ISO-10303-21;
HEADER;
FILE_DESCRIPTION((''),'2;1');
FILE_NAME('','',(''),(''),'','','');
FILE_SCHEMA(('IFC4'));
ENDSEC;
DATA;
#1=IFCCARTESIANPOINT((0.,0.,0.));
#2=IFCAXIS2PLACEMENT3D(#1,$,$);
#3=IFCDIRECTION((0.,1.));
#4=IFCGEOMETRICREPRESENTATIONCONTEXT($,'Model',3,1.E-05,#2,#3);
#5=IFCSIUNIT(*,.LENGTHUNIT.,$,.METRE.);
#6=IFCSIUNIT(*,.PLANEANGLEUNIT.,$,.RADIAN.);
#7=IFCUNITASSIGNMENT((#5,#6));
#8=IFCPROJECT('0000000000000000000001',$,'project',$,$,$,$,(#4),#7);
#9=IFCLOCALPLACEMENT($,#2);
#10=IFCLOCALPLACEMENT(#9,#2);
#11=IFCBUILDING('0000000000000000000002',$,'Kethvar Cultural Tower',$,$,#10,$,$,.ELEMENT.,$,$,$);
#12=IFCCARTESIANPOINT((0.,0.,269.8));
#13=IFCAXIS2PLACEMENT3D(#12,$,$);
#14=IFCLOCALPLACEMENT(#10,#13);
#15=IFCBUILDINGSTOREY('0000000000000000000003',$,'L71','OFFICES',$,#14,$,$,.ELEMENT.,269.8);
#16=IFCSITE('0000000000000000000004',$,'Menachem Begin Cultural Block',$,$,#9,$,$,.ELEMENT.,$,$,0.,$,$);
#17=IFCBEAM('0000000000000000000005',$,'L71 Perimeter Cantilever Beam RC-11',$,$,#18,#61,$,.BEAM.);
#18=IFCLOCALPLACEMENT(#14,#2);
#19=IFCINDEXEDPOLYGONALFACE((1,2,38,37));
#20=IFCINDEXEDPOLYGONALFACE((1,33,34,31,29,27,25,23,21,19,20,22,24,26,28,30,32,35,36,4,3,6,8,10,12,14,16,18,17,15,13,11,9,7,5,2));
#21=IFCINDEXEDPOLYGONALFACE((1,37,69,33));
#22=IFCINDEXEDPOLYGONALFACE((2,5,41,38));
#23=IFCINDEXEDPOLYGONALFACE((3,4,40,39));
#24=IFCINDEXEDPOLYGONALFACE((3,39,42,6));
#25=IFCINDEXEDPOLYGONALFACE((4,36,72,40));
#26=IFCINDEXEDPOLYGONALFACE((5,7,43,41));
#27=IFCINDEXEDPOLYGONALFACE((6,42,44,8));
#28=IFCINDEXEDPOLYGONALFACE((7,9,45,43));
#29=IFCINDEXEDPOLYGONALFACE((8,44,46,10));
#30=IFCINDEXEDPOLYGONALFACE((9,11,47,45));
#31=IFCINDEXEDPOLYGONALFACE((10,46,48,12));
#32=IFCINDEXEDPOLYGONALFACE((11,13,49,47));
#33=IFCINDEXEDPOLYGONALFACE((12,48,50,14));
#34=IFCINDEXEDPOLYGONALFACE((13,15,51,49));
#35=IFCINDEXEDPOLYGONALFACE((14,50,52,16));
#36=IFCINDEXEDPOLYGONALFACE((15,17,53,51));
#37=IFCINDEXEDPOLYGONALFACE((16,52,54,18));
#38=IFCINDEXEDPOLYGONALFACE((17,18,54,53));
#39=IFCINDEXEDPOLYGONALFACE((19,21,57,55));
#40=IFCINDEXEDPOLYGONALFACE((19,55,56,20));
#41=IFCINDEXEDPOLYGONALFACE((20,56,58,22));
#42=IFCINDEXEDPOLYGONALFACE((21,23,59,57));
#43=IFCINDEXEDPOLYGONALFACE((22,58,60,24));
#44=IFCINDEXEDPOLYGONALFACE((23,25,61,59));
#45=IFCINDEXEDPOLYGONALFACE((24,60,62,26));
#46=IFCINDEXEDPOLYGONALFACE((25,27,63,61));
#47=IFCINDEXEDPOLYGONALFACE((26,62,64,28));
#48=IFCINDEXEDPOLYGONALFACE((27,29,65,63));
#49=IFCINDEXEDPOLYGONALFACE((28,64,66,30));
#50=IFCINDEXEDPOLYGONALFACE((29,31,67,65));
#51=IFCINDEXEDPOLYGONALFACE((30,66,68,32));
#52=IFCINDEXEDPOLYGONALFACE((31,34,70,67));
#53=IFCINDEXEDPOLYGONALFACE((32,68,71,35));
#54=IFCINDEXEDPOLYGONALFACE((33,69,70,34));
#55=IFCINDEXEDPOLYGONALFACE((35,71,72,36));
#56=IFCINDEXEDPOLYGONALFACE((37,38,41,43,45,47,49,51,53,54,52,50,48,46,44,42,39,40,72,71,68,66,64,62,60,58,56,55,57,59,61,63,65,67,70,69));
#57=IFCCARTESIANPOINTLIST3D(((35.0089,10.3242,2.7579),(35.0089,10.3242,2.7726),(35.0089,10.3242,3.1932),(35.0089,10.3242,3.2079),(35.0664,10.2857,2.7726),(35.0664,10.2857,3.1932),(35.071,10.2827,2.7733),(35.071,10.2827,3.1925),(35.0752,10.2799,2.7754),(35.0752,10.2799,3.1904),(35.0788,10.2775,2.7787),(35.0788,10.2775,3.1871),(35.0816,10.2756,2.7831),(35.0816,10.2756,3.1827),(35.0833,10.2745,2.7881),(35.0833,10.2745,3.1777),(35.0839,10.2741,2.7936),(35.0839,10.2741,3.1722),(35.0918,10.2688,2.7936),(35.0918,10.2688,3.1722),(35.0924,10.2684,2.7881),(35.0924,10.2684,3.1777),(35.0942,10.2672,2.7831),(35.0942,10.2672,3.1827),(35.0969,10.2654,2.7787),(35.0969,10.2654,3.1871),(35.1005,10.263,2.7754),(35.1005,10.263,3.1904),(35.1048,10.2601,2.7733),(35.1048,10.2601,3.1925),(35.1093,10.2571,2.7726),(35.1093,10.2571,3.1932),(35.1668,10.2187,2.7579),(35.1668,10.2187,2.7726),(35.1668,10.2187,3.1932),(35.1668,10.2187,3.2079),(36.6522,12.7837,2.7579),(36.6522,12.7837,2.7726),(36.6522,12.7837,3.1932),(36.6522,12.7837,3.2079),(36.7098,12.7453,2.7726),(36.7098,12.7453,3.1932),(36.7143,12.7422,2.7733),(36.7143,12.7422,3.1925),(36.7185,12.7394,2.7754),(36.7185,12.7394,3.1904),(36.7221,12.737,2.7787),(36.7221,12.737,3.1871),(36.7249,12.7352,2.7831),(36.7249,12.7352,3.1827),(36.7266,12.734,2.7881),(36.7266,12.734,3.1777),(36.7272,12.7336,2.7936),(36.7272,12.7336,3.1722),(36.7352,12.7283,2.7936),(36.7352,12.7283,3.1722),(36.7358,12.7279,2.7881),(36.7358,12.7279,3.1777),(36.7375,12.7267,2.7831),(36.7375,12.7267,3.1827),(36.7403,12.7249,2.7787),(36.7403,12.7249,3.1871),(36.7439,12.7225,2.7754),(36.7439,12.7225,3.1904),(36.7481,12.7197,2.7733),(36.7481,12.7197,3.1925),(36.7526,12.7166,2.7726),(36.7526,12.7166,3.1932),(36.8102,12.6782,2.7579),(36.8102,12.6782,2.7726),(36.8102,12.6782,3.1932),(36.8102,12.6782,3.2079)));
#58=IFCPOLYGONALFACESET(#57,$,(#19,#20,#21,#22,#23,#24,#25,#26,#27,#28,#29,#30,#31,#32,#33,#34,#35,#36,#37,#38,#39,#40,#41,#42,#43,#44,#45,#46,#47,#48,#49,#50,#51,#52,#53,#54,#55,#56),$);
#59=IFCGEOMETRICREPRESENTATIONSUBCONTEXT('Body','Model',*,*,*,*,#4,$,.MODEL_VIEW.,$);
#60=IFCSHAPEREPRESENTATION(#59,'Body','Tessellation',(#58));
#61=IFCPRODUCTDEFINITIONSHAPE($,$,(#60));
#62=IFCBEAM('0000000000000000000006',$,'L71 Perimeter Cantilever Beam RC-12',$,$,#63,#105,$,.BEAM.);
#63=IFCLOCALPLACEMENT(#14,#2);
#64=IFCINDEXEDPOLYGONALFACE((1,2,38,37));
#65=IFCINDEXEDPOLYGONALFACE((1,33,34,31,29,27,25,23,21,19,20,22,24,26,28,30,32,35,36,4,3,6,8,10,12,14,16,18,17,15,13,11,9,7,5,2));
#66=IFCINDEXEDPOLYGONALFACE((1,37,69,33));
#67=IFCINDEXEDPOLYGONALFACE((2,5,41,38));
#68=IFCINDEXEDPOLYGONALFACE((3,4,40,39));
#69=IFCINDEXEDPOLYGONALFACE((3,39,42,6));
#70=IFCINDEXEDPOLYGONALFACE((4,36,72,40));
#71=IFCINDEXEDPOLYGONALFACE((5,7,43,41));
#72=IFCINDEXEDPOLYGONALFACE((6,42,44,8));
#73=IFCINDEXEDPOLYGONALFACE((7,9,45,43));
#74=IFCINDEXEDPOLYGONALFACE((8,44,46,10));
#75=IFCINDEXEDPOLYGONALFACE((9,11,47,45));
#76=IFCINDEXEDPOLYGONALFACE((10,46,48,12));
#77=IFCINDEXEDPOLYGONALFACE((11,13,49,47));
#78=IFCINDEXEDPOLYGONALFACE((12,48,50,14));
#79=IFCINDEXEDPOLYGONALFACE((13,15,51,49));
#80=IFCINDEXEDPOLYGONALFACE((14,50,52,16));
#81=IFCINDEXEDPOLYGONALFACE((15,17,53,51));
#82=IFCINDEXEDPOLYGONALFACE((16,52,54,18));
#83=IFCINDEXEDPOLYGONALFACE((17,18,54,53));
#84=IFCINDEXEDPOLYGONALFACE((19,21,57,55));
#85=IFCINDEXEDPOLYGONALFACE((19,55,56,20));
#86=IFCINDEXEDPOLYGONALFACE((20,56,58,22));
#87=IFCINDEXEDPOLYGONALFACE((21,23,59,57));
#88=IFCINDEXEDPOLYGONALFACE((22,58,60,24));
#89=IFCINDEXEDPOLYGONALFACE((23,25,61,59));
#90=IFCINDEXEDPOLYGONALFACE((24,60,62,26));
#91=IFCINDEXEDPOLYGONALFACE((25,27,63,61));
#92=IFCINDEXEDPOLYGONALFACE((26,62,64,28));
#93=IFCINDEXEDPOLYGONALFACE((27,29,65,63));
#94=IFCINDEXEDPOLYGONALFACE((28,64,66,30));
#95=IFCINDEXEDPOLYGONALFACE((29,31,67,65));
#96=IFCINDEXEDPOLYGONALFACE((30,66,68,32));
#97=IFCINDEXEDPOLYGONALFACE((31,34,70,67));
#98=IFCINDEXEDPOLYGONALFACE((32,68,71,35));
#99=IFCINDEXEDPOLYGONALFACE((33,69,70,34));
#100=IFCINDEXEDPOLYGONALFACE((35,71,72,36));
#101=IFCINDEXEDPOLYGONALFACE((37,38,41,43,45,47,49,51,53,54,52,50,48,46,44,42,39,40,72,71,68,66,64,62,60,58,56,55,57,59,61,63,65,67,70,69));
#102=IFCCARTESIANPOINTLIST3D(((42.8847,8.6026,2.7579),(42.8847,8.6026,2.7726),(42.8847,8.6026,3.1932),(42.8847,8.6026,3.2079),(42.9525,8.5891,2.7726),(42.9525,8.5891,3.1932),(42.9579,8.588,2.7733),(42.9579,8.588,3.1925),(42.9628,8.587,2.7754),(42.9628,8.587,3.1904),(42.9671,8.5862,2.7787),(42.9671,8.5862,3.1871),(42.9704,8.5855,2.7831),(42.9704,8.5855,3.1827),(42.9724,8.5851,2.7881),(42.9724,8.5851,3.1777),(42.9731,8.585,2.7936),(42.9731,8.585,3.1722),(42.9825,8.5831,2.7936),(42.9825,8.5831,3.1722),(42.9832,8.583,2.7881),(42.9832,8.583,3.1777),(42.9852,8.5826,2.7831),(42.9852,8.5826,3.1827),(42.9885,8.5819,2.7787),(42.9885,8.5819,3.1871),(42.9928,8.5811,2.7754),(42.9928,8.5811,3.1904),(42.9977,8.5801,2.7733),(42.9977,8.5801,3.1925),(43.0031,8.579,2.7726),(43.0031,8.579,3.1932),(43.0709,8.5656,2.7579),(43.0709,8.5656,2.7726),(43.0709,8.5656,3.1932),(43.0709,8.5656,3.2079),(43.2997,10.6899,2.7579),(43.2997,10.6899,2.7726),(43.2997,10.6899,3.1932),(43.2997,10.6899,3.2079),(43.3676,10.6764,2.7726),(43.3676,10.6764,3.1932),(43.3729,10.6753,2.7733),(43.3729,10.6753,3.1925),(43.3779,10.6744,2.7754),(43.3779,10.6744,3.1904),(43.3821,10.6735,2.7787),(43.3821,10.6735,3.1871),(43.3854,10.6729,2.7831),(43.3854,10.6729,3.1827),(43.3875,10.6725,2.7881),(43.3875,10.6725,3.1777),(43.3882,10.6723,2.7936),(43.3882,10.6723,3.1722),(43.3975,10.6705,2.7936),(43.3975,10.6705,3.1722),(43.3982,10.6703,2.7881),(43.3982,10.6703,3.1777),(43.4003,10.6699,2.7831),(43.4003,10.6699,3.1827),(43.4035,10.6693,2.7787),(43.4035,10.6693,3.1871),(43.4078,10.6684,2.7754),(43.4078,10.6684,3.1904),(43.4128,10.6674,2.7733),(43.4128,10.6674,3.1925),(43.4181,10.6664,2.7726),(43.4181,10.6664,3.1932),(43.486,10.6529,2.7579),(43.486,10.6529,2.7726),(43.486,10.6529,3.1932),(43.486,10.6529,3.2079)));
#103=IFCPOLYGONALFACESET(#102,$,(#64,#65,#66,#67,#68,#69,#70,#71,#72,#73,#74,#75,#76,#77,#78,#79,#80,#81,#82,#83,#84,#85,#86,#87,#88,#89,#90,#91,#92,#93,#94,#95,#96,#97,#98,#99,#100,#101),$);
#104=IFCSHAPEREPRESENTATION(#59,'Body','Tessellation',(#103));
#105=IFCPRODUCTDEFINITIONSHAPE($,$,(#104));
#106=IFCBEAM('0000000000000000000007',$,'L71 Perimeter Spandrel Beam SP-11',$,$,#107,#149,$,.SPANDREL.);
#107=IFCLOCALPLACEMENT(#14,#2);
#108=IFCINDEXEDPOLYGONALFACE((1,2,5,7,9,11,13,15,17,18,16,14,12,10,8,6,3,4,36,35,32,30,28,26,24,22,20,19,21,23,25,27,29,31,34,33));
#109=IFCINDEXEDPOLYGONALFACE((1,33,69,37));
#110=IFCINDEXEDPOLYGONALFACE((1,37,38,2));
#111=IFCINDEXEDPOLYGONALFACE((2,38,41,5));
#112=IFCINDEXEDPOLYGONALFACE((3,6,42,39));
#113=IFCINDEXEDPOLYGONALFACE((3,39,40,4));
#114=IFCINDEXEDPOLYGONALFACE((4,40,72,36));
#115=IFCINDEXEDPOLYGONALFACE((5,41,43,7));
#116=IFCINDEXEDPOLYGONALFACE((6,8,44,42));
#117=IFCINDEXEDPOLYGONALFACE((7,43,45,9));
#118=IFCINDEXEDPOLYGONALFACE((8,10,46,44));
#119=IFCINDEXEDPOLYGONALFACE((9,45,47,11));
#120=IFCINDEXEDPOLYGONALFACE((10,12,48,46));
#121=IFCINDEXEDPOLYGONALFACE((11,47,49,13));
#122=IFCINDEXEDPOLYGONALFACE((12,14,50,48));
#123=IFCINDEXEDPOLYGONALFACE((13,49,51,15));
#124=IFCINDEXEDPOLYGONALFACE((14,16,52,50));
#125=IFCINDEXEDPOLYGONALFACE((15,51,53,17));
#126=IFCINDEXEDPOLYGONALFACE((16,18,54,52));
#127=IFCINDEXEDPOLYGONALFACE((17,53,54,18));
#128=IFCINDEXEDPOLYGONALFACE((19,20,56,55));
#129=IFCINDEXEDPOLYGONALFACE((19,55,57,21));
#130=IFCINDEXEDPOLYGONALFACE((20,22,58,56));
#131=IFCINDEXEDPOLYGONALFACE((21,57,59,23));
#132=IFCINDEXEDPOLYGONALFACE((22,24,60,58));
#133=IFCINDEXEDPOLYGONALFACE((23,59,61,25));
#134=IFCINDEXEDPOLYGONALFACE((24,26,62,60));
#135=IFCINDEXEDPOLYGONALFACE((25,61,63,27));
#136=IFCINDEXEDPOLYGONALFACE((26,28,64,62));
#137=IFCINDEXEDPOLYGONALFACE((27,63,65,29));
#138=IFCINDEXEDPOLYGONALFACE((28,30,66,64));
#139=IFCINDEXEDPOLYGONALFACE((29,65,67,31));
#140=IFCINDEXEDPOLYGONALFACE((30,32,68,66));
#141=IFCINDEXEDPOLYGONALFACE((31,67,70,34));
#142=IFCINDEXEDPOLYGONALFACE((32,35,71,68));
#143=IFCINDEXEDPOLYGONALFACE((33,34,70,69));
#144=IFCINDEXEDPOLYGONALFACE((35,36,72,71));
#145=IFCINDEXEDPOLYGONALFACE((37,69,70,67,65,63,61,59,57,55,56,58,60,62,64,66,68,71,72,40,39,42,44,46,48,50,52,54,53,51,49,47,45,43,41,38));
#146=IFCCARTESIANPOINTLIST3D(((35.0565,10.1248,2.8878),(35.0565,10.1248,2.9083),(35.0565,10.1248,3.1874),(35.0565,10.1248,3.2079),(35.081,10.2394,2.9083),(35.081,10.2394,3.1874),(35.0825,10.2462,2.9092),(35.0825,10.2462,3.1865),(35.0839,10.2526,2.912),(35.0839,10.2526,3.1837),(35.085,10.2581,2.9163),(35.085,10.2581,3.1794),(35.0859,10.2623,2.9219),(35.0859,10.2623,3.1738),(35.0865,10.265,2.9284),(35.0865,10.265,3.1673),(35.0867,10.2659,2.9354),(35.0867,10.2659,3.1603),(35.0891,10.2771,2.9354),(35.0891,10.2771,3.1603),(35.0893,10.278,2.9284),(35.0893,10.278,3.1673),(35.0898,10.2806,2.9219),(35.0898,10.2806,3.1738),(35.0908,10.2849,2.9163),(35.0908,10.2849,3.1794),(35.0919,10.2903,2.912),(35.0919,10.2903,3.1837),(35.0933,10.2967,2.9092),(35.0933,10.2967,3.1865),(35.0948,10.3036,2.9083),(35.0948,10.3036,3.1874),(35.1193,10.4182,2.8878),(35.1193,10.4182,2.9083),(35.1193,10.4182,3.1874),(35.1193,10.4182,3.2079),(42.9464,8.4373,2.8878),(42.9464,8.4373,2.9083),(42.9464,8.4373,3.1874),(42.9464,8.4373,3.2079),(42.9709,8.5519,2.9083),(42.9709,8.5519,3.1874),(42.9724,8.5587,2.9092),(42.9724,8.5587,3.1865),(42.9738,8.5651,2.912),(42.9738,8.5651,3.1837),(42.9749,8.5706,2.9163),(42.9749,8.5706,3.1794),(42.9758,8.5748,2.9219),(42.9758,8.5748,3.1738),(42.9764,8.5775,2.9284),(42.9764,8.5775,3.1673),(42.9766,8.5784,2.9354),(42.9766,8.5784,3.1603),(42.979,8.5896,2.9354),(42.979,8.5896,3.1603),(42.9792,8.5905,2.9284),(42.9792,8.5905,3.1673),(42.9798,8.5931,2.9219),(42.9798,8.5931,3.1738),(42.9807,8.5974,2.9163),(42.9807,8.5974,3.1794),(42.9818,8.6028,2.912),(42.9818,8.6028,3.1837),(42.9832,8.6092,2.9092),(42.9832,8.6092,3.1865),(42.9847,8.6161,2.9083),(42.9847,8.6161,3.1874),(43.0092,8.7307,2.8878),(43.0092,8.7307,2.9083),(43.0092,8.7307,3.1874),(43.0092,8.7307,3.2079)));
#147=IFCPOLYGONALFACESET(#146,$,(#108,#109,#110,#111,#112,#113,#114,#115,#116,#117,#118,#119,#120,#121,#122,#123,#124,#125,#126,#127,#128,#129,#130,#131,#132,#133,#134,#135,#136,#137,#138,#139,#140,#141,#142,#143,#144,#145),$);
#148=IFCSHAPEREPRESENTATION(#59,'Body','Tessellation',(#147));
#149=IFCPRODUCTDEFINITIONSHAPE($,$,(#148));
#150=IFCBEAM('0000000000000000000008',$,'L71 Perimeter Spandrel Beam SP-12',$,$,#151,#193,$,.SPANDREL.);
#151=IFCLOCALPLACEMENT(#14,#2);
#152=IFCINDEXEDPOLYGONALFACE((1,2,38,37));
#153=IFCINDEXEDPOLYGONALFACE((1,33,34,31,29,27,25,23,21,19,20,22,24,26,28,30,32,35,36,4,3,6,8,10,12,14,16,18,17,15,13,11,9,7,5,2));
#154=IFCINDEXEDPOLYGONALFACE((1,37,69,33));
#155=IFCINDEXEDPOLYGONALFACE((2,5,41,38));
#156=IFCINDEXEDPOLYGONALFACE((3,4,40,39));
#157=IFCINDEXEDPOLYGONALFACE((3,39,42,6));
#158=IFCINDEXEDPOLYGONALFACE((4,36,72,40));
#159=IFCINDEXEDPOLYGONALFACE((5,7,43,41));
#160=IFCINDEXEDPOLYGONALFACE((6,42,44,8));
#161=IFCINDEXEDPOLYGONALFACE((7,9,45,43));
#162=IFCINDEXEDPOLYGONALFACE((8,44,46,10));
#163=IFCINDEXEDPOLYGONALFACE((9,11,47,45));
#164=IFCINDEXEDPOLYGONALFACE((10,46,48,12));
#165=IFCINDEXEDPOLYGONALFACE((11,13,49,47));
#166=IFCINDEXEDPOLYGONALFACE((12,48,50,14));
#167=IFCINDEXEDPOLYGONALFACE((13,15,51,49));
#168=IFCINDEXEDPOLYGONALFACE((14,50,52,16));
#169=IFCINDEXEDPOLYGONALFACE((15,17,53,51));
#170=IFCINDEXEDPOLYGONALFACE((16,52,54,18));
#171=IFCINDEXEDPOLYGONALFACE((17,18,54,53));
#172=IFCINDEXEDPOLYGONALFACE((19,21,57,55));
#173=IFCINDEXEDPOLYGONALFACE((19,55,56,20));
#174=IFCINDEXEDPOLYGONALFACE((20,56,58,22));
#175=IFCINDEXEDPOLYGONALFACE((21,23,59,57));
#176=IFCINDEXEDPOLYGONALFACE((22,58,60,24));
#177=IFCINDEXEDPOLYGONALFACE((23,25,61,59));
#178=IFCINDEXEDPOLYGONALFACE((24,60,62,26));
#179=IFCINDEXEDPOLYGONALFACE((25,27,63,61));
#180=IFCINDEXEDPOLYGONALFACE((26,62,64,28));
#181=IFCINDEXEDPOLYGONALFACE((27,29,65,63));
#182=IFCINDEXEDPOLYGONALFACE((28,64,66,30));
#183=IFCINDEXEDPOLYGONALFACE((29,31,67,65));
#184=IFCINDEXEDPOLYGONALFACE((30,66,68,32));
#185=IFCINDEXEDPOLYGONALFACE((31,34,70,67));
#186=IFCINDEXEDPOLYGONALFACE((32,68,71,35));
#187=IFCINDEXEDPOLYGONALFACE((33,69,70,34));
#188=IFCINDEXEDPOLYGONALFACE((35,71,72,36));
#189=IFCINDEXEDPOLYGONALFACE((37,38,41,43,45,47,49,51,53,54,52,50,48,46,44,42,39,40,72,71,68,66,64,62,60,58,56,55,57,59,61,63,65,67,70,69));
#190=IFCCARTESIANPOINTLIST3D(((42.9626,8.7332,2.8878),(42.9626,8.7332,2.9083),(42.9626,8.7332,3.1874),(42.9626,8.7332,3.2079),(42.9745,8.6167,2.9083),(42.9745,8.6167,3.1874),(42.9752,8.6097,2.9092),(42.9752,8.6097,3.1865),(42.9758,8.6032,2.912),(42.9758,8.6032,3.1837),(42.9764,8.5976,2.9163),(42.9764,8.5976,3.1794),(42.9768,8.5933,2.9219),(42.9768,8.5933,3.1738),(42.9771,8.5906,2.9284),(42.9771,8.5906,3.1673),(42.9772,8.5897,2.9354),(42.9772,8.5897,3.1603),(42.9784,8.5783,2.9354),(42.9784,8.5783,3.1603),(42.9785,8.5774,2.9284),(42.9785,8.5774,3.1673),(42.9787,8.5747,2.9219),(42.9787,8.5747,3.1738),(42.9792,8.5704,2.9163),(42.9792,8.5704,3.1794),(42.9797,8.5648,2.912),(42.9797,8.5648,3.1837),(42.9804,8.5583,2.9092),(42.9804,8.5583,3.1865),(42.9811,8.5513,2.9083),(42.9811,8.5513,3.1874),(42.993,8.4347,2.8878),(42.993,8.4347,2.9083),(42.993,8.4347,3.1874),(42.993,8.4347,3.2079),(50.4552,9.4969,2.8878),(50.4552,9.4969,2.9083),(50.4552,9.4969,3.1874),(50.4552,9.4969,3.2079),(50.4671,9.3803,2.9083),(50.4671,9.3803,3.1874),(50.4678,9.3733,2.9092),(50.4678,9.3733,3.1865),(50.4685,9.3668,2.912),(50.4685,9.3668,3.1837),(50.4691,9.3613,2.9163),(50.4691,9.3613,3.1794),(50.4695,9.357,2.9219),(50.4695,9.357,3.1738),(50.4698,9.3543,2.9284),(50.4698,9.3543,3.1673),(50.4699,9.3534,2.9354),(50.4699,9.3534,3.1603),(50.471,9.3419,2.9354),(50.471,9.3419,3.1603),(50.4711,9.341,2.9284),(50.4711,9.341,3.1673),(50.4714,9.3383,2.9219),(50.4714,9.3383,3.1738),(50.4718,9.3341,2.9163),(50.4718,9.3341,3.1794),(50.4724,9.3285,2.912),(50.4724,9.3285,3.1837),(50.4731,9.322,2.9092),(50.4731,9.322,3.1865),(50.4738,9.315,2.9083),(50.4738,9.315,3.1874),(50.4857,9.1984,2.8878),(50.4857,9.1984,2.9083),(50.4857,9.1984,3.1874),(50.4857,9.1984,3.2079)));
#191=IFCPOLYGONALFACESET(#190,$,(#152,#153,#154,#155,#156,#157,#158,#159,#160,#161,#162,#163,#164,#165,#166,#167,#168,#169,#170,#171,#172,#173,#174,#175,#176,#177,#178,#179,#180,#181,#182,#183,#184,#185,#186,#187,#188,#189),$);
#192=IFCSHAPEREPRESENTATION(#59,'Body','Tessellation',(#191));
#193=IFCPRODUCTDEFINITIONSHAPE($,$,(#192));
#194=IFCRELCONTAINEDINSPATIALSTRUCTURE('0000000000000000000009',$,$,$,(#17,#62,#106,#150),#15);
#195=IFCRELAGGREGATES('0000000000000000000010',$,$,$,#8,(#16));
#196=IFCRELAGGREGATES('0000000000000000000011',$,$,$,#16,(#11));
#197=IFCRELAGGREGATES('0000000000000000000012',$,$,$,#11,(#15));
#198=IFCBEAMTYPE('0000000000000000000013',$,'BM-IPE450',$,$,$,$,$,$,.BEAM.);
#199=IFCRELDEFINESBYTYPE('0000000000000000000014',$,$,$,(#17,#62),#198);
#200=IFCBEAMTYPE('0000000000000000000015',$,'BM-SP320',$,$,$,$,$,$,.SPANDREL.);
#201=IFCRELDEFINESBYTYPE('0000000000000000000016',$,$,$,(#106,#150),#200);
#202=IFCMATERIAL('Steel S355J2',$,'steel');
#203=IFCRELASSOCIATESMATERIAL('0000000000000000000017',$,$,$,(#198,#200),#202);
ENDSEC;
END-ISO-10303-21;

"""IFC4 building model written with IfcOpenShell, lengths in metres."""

from ifc_helpers import new_model, si_unit, direction, frame, origin, origin_2d, place, context, subcontext, project, spatial, i_section, extrude, source, transform, mapped, material, material_profile, profile_set, type_object, element, save


model = new_model("IFC4")

# Units and contexts
model_context = context("Model", 3, precision=1e-05, world=origin(), true_north=direction((0.0, 1.0)))
body_context = subcontext(model_context, "Body", "Model", "MODEL_VIEW")
ifc_project = project(units=[si_unit("LENGTHUNIT", "METRE"), si_unit("PLANEANGLEUNIT", "RADIAN")], contexts=[model_context])

# Site, building, storey
site_placement = place(None, origin())
site = spatial("IfcSite", under=ifc_project, at=site_placement, Name="Menachem Begin Cultural Block", CompositionType="ELEMENT", RefElevation=0.0)
building_placement = place(site_placement, origin())
building = spatial("IfcBuilding", under=site, at=building_placement, Name="Kethvar Cultural Tower", CompositionType="ELEMENT")
storey_placement = place(building_placement, frame((0.0, 0.0, 269.8)))
storey = spatial("IfcBuildingStorey", under=building, at=storey_placement, Name="L71", Description="OFFICES", CompositionType="ELEMENT", Elevation=269.8)

# Shared definitions
ifc_material_1 = material(Name="Steel S355J2", Category="steel")

# Beams
ifc_material_profile_1 = material_profile(ifc_material_1, i_section(OverallWidth=0.1899, OverallDepth=0.45, WebThickness=0.0095, FlangeThickness=0.0146, FilletRadius=0.021, at=origin_2d()), Name="Steel S355J2 — IPE450")
ifc_profile_set_1 = profile_set([ifc_material_profile_1], Name="Steel S355J2 — IPE450")
beam_type_1 = type_object("IfcBeamType", Name="BM-IPE450", PredefinedType="BEAM", material=ifc_profile_set_1)
shared_shape_1 = source(origin(), body_context, "Body", "SweptSolid", [
    extrude(i_section(OverallWidth=0.1899, OverallDepth=0.45, WebThickness=0.0095, FlangeThickness=0.0146, FilletRadius=0.021, at=origin_2d()), origin(), (0.0, 0.0, 1.0), 2.958),
])
beam_1_placement = place(storey_placement, frame((36.7312, 12.731, 2.9829), z_axis=(-0.555557, -0.831478, 0.0), x_axis=(0.831478, -0.555557, 0.0)))
element("IfcBeam", 1, at=beam_1_placement, inside=storey, type_object=beam_type_1, Name="L71 Perimeter Cantilever Beam RC-11", PredefinedType="BEAM", context=body_context, shape_type="MappedRepresentation", body=[
    mapped(shared_shape_1, transform((0.0, 0.0, 0.0), scale=1.0)),
])
shared_shape_2 = source(origin(), body_context, "Body", "SweptSolid", [
    extrude(i_section(OverallWidth=0.1899, OverallDepth=0.45, WebThickness=0.0095, FlangeThickness=0.0146, FilletRadius=0.021, at=origin_2d()), origin(), (0.0, 0.0, 1.0), 2.1282),
])
beam_2_placement = place(storey_placement, frame((43.3928, 10.6714, 2.9829), z_axis=(-0.195013, -0.980801, 0.0), x_axis=(0.980801, -0.195013, 0.0)))
element("IfcBeam", 2, at=beam_2_placement, inside=storey, type_object=beam_type_1, Name="L71 Perimeter Cantilever Beam RC-12", PredefinedType="BEAM", context=body_context, shape_type="MappedRepresentation", body=[
    mapped(shared_shape_2, transform((0.0, 0.0, 0.0), scale=1.0)),
])
ifc_material_profile_2 = material_profile(ifc_material_1, i_section(OverallWidth=0.3, OverallDepth=0.3201, WebThickness=0.0115, FlangeThickness=0.0205, FilletRadius=0.0271, at=origin_2d()), Name="Steel S355J2 — HEB320")
ifc_profile_set_2 = profile_set([ifc_material_profile_2], Name="Steel S355J2 — HEB320")
beam_type_2 = type_object("IfcBeamType", Name="BM-SP320", PredefinedType="SPANDREL", material=ifc_profile_set_2)
shared_shape_3 = source(origin(), body_context, "Body", "SweptSolid", [
    extrude(i_section(OverallWidth=0.3, OverallDepth=0.3201, WebThickness=0.0115, FlangeThickness=0.0205, FilletRadius=0.0271, at=origin_2d()), origin(), (0.0, 0.0, 1.0), 8.0684),
])
beam_3_placement = place(storey_placement, frame((35.0879, 10.2715, 3.0479), z_axis=(0.977883, -0.209151, 0.0), x_axis=(0.209151, 0.977883, 0.0)))
element("IfcBeam", 3, at=beam_3_placement, inside=storey, type_object=beam_type_2, Name="L71 Perimeter Spandrel Beam SP-11", PredefinedType="SPANDREL", context=body_context, shape_type="MappedRepresentation", body=[
    mapped(shared_shape_3, transform((0.0, 0.0, 0.0), scale=1.0)),
])
shared_shape_4 = source(origin(), body_context, "Body", "SweptSolid", [
    extrude(i_section(OverallWidth=0.3, OverallDepth=0.3201, WebThickness=0.0115, FlangeThickness=0.0205, FilletRadius=0.0271, at=origin_2d()), origin(), (0.0, 0.0, 1.0), 7.5315),
])
beam_4_placement = place(storey_placement, frame((42.9778, 8.584, 3.0479), z_axis=(0.994846, 0.101397, 0.0), x_axis=(-0.101397, 0.994846, 0.0)))
element("IfcBeam", 4, at=beam_4_placement, inside=storey, type_object=beam_type_2, Name="L71 Perimeter Spandrel Beam SP-12", PredefinedType="SPANDREL", context=body_context, shape_type="MappedRepresentation", body=[
    mapped(shared_shape_4, transform((0.0, 0.0, 0.0), scale=1.0)),
])

save(model, "model.ifc")
